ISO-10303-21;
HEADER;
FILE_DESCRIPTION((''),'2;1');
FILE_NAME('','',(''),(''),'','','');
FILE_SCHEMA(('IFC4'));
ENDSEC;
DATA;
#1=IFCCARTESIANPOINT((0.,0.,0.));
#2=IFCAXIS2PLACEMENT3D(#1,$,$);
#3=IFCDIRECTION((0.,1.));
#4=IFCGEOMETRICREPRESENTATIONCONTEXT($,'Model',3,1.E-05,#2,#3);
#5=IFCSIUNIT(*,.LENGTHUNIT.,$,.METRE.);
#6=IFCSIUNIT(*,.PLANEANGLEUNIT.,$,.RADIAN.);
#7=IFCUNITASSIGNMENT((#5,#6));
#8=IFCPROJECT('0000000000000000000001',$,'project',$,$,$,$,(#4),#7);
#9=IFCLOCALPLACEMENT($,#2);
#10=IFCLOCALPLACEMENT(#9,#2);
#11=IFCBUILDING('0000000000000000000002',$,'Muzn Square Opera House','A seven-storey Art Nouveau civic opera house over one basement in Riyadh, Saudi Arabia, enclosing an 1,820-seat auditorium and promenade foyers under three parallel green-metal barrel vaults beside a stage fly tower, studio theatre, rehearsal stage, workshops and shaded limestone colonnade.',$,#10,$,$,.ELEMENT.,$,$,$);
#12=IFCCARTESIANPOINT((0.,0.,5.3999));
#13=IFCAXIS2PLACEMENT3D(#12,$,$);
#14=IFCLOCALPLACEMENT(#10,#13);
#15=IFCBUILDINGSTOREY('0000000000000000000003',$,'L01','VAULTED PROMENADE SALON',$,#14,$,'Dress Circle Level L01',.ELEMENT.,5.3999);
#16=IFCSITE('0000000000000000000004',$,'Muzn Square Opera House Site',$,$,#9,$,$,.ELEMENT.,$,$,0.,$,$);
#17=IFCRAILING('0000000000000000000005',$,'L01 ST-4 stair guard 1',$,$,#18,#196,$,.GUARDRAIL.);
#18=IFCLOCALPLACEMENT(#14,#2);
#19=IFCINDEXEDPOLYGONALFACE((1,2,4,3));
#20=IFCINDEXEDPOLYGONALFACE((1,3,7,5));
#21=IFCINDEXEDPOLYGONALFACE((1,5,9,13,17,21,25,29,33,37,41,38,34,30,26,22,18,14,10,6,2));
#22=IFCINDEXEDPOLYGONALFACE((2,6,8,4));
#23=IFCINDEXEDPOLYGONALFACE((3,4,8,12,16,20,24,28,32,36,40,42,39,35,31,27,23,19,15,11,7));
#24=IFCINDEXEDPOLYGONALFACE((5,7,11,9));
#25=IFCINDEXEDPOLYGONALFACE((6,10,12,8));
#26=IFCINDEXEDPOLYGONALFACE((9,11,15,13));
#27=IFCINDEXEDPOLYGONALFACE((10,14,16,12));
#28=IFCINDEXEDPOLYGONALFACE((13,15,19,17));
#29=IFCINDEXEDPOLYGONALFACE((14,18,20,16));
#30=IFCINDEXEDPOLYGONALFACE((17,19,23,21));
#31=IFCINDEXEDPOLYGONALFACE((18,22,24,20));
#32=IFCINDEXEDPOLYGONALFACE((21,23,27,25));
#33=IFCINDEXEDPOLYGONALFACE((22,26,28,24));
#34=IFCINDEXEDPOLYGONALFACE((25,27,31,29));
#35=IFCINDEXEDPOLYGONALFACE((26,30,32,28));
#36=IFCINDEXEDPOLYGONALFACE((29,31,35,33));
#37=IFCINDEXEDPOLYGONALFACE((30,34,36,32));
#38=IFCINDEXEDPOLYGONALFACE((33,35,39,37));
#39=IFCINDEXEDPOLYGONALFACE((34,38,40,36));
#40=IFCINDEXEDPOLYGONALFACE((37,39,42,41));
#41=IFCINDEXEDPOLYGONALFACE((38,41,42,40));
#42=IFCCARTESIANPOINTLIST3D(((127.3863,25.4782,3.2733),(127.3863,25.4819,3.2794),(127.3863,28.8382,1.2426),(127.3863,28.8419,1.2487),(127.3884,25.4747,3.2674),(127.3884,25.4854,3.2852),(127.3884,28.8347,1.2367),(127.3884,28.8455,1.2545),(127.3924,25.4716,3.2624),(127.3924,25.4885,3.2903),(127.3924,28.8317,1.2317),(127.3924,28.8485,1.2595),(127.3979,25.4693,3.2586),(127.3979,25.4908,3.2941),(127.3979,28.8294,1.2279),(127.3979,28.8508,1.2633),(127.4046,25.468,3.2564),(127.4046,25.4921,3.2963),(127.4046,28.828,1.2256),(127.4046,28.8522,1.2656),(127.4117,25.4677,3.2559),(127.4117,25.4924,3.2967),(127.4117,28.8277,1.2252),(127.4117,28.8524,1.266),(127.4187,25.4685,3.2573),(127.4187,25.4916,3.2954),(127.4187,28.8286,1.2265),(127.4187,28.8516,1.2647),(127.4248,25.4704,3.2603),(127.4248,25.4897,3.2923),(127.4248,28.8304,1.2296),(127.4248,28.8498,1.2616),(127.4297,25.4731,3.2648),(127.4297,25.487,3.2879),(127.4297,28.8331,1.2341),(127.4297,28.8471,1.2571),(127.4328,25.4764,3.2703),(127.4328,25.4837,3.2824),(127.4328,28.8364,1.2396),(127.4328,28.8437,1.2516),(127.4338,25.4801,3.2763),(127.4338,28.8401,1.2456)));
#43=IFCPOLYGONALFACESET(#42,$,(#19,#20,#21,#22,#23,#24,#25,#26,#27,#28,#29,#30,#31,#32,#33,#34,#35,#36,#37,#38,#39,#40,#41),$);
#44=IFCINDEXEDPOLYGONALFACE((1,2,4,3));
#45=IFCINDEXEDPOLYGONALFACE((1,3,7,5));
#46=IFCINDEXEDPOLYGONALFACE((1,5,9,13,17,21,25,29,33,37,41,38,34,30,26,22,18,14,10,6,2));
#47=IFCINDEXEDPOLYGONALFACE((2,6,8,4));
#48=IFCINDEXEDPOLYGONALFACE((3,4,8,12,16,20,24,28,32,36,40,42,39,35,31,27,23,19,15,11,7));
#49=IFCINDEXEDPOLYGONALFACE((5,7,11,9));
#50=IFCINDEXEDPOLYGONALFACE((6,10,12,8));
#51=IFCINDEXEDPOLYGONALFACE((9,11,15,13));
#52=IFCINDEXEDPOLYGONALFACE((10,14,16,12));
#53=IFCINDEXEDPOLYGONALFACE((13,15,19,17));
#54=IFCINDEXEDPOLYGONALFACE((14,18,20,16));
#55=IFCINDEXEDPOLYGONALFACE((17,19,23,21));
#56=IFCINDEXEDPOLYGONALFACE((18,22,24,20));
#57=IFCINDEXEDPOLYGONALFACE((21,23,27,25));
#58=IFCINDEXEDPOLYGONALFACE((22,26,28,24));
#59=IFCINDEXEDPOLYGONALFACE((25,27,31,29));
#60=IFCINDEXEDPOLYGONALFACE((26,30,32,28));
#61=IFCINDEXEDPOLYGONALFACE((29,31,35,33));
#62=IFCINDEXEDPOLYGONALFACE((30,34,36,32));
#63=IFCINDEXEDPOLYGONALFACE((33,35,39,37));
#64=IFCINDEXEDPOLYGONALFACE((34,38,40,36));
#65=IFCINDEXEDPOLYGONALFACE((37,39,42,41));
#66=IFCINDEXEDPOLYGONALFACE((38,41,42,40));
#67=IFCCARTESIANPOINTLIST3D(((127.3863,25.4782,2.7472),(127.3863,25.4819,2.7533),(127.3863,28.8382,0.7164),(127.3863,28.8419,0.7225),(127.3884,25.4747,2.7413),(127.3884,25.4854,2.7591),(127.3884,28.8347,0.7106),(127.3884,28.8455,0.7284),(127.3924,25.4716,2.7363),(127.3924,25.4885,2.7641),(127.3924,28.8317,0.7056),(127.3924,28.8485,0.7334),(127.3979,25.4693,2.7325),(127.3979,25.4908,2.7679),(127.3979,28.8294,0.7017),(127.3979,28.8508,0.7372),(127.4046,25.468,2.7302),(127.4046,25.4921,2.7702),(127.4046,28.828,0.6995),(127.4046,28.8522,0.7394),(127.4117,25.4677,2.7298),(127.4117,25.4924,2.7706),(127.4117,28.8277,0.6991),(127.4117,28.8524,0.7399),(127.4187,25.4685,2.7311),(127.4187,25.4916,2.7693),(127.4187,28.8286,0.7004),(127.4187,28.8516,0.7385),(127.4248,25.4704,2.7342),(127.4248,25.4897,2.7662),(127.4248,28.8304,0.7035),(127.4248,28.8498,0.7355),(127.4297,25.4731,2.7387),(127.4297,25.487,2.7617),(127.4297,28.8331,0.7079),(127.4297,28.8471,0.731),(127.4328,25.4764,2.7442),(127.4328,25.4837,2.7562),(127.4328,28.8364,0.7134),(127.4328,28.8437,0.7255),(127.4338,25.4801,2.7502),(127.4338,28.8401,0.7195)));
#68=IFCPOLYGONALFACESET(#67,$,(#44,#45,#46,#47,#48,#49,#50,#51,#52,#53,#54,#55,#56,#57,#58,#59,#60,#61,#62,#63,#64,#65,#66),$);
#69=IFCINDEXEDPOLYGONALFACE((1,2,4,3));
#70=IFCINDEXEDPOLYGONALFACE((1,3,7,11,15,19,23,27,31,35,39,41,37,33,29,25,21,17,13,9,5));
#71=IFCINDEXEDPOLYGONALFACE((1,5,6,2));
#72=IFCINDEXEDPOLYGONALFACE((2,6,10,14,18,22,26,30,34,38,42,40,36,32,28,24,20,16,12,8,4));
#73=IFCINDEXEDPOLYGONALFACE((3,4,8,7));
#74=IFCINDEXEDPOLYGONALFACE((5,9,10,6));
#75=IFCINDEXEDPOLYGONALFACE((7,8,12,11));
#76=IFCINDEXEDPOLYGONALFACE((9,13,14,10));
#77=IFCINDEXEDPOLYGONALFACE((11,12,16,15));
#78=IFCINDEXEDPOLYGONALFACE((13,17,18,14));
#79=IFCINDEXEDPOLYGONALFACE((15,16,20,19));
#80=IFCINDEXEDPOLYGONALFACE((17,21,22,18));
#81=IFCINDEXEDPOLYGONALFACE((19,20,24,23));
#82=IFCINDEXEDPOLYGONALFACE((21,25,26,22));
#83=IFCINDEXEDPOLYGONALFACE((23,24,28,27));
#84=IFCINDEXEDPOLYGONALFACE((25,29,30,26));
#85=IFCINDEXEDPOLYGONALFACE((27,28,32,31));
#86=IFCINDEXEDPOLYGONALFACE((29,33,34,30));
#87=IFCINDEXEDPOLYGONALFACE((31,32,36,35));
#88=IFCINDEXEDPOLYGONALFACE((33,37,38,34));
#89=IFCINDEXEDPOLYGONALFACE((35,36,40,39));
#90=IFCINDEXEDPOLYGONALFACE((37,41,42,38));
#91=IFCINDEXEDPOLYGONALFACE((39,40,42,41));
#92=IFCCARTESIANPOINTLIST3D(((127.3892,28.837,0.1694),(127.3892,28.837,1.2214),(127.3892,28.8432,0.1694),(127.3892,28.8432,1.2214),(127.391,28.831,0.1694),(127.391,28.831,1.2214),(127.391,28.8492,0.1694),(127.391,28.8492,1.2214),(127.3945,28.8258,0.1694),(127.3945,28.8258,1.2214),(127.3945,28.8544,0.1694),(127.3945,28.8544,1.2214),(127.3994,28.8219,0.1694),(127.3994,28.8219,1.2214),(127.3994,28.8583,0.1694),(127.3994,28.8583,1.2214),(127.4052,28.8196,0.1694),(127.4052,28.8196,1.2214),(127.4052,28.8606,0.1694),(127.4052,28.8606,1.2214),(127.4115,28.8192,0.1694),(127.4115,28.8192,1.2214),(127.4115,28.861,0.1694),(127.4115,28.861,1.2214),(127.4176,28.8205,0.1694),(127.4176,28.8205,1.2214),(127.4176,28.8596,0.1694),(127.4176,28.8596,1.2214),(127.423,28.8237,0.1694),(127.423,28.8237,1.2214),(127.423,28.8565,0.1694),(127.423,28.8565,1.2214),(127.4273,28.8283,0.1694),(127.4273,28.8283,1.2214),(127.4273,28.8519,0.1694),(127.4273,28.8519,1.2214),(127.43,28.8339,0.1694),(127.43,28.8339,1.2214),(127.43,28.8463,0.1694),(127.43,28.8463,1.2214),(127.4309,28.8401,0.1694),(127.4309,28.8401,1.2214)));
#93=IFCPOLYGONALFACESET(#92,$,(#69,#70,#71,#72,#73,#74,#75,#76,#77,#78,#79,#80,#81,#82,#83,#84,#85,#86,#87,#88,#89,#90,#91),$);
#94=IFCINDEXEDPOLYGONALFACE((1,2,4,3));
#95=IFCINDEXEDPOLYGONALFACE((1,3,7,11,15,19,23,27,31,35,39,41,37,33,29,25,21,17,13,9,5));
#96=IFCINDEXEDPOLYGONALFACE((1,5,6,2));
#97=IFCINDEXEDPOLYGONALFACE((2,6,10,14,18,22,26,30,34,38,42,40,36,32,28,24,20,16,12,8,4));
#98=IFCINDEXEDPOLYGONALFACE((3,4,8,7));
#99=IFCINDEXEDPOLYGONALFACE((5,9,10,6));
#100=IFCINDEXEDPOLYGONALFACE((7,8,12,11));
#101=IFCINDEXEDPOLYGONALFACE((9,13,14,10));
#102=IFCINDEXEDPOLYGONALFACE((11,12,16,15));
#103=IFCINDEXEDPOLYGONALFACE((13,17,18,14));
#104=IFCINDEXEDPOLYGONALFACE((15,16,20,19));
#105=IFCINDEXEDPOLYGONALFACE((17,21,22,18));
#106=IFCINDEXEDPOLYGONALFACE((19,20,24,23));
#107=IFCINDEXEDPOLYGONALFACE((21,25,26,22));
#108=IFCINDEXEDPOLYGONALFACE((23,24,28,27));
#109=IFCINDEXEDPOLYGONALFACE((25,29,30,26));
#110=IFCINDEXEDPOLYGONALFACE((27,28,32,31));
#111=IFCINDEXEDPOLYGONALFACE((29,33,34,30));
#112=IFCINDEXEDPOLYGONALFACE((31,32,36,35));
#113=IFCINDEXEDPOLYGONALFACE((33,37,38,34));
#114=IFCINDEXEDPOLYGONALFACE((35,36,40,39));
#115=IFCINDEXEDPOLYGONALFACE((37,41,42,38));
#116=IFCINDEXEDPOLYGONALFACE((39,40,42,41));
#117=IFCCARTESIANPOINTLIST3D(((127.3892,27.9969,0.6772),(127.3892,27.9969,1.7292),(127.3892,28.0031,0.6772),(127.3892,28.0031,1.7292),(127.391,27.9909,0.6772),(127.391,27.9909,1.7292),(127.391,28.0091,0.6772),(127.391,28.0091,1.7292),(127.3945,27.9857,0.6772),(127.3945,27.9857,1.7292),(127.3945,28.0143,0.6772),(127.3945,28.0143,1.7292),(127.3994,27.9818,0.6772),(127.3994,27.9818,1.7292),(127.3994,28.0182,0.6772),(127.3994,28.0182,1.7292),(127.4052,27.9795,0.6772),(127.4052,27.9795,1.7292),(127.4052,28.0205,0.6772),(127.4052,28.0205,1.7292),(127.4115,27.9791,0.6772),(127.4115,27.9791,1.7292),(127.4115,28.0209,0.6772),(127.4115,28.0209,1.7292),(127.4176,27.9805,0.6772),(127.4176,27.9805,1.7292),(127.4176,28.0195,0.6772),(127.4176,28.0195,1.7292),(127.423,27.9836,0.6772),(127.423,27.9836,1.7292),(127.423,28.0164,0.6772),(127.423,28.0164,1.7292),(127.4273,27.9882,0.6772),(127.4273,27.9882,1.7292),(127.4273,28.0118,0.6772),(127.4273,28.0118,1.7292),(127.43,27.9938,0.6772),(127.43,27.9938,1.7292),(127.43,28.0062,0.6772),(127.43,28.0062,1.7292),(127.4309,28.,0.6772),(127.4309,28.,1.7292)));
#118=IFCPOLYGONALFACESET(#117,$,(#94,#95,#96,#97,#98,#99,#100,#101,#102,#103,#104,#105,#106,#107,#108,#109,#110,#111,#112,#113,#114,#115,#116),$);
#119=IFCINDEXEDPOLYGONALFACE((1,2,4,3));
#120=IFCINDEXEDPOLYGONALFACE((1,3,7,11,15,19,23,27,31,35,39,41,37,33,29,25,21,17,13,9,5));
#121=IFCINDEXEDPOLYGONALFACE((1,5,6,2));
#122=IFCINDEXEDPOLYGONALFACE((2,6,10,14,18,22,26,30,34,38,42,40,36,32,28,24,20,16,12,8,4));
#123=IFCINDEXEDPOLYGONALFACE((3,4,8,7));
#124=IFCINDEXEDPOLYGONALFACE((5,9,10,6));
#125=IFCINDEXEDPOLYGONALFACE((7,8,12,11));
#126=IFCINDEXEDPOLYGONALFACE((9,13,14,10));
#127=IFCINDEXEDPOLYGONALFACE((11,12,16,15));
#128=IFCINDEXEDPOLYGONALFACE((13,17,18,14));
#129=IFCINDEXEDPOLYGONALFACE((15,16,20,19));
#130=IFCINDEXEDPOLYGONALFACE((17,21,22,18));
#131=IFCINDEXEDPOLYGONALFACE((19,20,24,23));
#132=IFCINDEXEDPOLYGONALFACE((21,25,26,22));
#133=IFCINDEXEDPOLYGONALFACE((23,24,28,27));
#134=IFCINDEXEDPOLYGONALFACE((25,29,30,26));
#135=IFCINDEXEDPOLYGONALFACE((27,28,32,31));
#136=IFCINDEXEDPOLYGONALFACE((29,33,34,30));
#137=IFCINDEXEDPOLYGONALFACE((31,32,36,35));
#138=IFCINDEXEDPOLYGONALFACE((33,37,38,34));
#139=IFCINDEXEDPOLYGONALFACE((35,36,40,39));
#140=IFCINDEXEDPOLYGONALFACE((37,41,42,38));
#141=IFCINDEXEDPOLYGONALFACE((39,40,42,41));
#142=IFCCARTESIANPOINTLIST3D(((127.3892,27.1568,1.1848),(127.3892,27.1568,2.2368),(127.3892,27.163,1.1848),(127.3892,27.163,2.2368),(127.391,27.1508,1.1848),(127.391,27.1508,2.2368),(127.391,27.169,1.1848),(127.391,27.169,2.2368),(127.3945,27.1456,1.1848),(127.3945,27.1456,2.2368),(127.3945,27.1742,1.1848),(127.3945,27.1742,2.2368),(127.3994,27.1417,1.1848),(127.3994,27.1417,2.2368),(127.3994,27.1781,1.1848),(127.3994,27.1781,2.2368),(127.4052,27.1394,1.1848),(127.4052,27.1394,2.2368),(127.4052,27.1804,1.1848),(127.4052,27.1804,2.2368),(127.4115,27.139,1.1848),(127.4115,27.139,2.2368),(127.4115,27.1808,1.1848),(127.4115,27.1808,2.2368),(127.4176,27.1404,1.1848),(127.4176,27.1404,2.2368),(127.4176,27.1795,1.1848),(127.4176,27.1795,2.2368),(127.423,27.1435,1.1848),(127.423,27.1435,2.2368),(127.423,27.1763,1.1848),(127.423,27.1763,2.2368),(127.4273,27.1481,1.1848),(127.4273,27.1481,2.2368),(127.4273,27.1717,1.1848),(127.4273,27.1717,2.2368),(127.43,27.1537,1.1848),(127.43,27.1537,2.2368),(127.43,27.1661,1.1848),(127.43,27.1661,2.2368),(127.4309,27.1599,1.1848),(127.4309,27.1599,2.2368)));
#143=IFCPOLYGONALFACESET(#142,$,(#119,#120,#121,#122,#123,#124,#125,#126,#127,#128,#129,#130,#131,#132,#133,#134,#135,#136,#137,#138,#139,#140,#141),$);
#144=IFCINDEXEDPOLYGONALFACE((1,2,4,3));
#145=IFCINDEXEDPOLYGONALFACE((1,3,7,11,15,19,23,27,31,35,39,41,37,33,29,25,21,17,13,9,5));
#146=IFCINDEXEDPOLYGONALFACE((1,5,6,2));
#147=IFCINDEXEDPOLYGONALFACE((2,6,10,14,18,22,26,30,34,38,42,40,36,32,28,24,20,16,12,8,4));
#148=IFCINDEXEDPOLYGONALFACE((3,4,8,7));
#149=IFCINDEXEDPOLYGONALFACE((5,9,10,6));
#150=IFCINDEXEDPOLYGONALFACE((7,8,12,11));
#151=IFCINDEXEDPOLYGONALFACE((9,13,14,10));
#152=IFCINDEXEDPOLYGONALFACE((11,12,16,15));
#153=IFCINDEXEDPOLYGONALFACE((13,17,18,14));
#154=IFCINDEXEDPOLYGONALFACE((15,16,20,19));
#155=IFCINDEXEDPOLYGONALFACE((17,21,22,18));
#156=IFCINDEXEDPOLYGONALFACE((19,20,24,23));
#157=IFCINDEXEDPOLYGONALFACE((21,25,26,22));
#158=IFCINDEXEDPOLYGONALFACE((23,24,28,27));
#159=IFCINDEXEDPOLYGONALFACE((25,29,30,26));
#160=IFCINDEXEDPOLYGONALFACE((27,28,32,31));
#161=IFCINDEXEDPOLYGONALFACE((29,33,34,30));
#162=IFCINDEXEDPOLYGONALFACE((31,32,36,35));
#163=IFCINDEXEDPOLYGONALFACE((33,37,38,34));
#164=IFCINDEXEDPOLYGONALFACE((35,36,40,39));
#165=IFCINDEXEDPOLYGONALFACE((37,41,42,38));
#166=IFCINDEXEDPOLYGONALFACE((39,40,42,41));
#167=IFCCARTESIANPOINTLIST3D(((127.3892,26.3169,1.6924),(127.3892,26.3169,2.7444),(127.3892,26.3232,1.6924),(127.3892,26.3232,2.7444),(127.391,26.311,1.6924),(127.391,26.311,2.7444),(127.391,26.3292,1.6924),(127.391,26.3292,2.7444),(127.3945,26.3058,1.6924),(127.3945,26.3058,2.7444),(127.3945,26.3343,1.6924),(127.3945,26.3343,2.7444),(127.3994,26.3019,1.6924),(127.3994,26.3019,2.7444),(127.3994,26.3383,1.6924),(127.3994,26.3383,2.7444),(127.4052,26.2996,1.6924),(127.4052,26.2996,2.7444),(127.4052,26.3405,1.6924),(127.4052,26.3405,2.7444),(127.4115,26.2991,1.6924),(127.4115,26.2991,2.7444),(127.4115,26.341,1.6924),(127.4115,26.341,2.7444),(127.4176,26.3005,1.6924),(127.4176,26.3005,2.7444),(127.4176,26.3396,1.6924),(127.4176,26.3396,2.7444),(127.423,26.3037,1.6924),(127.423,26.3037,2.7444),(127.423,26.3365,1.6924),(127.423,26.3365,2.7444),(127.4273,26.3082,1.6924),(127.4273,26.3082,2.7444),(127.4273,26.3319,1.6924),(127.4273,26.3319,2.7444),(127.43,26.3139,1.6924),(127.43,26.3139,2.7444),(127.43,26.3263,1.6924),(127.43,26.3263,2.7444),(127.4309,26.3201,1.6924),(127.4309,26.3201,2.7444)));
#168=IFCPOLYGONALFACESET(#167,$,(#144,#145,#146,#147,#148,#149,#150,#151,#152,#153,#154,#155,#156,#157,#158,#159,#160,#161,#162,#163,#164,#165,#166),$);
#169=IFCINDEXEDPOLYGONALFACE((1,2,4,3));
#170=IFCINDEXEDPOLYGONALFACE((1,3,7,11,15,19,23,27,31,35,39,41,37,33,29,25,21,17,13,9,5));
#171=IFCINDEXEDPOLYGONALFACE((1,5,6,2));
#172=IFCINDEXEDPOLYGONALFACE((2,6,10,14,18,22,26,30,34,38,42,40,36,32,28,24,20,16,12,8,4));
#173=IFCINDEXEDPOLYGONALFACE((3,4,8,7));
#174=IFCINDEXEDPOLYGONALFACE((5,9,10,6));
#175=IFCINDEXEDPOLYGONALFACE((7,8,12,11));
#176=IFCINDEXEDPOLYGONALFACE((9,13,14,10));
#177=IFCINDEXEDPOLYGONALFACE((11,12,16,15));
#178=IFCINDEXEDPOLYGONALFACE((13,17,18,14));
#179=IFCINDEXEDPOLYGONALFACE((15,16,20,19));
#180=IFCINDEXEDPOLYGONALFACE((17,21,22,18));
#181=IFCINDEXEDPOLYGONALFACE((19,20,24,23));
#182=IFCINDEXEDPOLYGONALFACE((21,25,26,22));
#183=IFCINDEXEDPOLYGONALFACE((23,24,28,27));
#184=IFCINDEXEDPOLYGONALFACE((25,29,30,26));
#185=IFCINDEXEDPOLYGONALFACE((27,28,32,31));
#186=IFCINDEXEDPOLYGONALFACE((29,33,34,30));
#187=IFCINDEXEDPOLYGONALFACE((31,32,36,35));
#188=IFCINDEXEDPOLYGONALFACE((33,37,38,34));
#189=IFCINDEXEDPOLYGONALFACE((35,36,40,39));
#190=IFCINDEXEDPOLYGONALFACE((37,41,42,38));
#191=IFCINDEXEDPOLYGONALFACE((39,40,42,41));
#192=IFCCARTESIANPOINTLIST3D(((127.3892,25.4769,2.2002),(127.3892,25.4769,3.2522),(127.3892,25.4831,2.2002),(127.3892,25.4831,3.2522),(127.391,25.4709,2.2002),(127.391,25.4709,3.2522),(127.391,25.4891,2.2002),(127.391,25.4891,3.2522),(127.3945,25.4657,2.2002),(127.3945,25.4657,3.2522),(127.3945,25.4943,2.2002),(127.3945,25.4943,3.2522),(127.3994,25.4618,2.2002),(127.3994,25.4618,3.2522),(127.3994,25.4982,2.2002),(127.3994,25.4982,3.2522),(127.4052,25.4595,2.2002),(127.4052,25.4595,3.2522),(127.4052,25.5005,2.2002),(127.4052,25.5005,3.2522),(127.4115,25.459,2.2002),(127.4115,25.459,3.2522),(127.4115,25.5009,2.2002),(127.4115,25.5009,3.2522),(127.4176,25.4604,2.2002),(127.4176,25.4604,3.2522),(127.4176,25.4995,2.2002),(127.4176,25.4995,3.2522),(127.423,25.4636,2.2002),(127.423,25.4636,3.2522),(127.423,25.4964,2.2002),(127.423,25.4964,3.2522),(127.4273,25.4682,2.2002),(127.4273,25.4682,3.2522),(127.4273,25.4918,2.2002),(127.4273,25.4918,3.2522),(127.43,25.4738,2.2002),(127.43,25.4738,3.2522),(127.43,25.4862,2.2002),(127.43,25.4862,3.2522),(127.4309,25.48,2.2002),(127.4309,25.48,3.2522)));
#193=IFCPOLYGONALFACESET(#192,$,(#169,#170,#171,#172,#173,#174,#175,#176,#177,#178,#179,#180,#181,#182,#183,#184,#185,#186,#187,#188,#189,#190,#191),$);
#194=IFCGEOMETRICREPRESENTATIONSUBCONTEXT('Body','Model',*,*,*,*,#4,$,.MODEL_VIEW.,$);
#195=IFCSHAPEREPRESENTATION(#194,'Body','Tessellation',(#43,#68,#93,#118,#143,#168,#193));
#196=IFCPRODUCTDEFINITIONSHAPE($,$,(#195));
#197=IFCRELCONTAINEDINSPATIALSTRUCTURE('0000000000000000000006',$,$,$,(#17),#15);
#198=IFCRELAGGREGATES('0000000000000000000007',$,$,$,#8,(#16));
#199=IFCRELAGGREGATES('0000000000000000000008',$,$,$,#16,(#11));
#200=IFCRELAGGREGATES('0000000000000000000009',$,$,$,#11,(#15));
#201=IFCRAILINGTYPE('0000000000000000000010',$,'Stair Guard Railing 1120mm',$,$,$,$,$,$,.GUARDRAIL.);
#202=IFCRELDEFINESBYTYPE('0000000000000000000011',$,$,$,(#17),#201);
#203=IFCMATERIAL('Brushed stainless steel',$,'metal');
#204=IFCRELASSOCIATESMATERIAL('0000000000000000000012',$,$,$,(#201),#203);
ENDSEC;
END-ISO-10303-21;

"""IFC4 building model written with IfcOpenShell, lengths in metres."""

from ifc_helpers import new_model, si_unit, direction, frame, origin, origin_2d, place, context, subcontext, project, spatial, circle, extrude, material, type_object, element, save


model = new_model("IFC4")

# Units and contexts
model_context = context("Model", 3, precision=1e-05, world=origin(), true_north=direction((0.0, 1.0)))
body_context = subcontext(model_context, "Body", "Model", "MODEL_VIEW")
ifc_project = project(units=[si_unit("LENGTHUNIT", "METRE"), si_unit("PLANEANGLEUNIT", "RADIAN")], contexts=[model_context])

# Site, building, storey
site_placement = place(None, origin())
site = spatial("IfcSite", under=ifc_project, at=site_placement, Name="Muzn Square Opera House Site", CompositionType="ELEMENT", RefElevation=0.0)
building_placement = place(site_placement, origin())
building = spatial("IfcBuilding", under=site, at=building_placement, Name="Muzn Square Opera House", Description="A seven-storey Art Nouveau civic opera house over one basement in Riyadh, Saudi Arabia, enclosing an 1,820-seat auditorium and promenade foyers under three parallel green-metal barrel vaults beside a stage fly tower, studio theatre, rehearsal stage, workshops and shaded limestone colonnade.", CompositionType="ELEMENT")
storey_placement = place(building_placement, frame((0.0, 0.0, 5.3999)))
storey = spatial("IfcBuildingStorey", under=building, at=storey_placement, Name="L01", Description="VAULTED PROMENADE SALON", LongName="Dress Circle Level L01", CompositionType="ELEMENT", Elevation=5.3999)

# Shared definitions
ifc_material_1 = material(Name="Brushed stainless steel", Category="metal")

# Railing
railing_type_1 = type_object("IfcRailingType", Name="Stair Guard Railing 1120mm", PredefinedType="GUARDRAIL", material=ifc_material_1)
railing_1_placement = place(storey_placement, frame((127.4099, 28.8401, 0.1694)))
element("IfcRailing", 1, at=railing_1_placement, inside=storey, type_object=railing_type_1, Name="L01 ST-4 stair guard 1", PredefinedType="GUARDRAIL", context=body_context, shape_type="SweptSolid", body=[
    extrude(circle(Radius=0.0239, at=origin_2d()), frame((0.0, 0.0, 1.0762), z_axis=(0.0, -0.855837, 0.517246), x_axis=(1.0, 0.0, 0.0)), (0.0, 0.0, 1.0), 3.926),
    extrude(circle(Radius=0.0239, at=origin_2d()), frame((0.0, 0.0, 0.55), z_axis=(0.0, -0.855837, 0.517246), x_axis=(1.0, 0.0, 0.0)), (0.0, 0.0, 1.0), 3.926),
    extrude(circle(Radius=0.021, at=origin_2d()), origin(), (0.0, 0.0, 1.0), 1.052),
    extrude(circle(Radius=0.021, at=origin_2d()), frame((0.0, -0.8401, 0.5078)), (0.0, 0.0, 1.0), 1.052),
    extrude(circle(Radius=0.021, at=origin_2d()), frame((0.0, -1.6802, 1.0154)), (0.0, 0.0, 1.0), 1.052),
    extrude(circle(Radius=0.021, at=origin_2d()), frame((0.0, -2.52, 1.5229)), (0.0, 0.0, 1.0), 1.052),
    extrude(circle(Radius=0.021, at=origin_2d()), frame((0.0, -3.3601, 2.0308)), (0.0, 0.0, 1.0), 1.052),
])

save(model, "model.ifc")
